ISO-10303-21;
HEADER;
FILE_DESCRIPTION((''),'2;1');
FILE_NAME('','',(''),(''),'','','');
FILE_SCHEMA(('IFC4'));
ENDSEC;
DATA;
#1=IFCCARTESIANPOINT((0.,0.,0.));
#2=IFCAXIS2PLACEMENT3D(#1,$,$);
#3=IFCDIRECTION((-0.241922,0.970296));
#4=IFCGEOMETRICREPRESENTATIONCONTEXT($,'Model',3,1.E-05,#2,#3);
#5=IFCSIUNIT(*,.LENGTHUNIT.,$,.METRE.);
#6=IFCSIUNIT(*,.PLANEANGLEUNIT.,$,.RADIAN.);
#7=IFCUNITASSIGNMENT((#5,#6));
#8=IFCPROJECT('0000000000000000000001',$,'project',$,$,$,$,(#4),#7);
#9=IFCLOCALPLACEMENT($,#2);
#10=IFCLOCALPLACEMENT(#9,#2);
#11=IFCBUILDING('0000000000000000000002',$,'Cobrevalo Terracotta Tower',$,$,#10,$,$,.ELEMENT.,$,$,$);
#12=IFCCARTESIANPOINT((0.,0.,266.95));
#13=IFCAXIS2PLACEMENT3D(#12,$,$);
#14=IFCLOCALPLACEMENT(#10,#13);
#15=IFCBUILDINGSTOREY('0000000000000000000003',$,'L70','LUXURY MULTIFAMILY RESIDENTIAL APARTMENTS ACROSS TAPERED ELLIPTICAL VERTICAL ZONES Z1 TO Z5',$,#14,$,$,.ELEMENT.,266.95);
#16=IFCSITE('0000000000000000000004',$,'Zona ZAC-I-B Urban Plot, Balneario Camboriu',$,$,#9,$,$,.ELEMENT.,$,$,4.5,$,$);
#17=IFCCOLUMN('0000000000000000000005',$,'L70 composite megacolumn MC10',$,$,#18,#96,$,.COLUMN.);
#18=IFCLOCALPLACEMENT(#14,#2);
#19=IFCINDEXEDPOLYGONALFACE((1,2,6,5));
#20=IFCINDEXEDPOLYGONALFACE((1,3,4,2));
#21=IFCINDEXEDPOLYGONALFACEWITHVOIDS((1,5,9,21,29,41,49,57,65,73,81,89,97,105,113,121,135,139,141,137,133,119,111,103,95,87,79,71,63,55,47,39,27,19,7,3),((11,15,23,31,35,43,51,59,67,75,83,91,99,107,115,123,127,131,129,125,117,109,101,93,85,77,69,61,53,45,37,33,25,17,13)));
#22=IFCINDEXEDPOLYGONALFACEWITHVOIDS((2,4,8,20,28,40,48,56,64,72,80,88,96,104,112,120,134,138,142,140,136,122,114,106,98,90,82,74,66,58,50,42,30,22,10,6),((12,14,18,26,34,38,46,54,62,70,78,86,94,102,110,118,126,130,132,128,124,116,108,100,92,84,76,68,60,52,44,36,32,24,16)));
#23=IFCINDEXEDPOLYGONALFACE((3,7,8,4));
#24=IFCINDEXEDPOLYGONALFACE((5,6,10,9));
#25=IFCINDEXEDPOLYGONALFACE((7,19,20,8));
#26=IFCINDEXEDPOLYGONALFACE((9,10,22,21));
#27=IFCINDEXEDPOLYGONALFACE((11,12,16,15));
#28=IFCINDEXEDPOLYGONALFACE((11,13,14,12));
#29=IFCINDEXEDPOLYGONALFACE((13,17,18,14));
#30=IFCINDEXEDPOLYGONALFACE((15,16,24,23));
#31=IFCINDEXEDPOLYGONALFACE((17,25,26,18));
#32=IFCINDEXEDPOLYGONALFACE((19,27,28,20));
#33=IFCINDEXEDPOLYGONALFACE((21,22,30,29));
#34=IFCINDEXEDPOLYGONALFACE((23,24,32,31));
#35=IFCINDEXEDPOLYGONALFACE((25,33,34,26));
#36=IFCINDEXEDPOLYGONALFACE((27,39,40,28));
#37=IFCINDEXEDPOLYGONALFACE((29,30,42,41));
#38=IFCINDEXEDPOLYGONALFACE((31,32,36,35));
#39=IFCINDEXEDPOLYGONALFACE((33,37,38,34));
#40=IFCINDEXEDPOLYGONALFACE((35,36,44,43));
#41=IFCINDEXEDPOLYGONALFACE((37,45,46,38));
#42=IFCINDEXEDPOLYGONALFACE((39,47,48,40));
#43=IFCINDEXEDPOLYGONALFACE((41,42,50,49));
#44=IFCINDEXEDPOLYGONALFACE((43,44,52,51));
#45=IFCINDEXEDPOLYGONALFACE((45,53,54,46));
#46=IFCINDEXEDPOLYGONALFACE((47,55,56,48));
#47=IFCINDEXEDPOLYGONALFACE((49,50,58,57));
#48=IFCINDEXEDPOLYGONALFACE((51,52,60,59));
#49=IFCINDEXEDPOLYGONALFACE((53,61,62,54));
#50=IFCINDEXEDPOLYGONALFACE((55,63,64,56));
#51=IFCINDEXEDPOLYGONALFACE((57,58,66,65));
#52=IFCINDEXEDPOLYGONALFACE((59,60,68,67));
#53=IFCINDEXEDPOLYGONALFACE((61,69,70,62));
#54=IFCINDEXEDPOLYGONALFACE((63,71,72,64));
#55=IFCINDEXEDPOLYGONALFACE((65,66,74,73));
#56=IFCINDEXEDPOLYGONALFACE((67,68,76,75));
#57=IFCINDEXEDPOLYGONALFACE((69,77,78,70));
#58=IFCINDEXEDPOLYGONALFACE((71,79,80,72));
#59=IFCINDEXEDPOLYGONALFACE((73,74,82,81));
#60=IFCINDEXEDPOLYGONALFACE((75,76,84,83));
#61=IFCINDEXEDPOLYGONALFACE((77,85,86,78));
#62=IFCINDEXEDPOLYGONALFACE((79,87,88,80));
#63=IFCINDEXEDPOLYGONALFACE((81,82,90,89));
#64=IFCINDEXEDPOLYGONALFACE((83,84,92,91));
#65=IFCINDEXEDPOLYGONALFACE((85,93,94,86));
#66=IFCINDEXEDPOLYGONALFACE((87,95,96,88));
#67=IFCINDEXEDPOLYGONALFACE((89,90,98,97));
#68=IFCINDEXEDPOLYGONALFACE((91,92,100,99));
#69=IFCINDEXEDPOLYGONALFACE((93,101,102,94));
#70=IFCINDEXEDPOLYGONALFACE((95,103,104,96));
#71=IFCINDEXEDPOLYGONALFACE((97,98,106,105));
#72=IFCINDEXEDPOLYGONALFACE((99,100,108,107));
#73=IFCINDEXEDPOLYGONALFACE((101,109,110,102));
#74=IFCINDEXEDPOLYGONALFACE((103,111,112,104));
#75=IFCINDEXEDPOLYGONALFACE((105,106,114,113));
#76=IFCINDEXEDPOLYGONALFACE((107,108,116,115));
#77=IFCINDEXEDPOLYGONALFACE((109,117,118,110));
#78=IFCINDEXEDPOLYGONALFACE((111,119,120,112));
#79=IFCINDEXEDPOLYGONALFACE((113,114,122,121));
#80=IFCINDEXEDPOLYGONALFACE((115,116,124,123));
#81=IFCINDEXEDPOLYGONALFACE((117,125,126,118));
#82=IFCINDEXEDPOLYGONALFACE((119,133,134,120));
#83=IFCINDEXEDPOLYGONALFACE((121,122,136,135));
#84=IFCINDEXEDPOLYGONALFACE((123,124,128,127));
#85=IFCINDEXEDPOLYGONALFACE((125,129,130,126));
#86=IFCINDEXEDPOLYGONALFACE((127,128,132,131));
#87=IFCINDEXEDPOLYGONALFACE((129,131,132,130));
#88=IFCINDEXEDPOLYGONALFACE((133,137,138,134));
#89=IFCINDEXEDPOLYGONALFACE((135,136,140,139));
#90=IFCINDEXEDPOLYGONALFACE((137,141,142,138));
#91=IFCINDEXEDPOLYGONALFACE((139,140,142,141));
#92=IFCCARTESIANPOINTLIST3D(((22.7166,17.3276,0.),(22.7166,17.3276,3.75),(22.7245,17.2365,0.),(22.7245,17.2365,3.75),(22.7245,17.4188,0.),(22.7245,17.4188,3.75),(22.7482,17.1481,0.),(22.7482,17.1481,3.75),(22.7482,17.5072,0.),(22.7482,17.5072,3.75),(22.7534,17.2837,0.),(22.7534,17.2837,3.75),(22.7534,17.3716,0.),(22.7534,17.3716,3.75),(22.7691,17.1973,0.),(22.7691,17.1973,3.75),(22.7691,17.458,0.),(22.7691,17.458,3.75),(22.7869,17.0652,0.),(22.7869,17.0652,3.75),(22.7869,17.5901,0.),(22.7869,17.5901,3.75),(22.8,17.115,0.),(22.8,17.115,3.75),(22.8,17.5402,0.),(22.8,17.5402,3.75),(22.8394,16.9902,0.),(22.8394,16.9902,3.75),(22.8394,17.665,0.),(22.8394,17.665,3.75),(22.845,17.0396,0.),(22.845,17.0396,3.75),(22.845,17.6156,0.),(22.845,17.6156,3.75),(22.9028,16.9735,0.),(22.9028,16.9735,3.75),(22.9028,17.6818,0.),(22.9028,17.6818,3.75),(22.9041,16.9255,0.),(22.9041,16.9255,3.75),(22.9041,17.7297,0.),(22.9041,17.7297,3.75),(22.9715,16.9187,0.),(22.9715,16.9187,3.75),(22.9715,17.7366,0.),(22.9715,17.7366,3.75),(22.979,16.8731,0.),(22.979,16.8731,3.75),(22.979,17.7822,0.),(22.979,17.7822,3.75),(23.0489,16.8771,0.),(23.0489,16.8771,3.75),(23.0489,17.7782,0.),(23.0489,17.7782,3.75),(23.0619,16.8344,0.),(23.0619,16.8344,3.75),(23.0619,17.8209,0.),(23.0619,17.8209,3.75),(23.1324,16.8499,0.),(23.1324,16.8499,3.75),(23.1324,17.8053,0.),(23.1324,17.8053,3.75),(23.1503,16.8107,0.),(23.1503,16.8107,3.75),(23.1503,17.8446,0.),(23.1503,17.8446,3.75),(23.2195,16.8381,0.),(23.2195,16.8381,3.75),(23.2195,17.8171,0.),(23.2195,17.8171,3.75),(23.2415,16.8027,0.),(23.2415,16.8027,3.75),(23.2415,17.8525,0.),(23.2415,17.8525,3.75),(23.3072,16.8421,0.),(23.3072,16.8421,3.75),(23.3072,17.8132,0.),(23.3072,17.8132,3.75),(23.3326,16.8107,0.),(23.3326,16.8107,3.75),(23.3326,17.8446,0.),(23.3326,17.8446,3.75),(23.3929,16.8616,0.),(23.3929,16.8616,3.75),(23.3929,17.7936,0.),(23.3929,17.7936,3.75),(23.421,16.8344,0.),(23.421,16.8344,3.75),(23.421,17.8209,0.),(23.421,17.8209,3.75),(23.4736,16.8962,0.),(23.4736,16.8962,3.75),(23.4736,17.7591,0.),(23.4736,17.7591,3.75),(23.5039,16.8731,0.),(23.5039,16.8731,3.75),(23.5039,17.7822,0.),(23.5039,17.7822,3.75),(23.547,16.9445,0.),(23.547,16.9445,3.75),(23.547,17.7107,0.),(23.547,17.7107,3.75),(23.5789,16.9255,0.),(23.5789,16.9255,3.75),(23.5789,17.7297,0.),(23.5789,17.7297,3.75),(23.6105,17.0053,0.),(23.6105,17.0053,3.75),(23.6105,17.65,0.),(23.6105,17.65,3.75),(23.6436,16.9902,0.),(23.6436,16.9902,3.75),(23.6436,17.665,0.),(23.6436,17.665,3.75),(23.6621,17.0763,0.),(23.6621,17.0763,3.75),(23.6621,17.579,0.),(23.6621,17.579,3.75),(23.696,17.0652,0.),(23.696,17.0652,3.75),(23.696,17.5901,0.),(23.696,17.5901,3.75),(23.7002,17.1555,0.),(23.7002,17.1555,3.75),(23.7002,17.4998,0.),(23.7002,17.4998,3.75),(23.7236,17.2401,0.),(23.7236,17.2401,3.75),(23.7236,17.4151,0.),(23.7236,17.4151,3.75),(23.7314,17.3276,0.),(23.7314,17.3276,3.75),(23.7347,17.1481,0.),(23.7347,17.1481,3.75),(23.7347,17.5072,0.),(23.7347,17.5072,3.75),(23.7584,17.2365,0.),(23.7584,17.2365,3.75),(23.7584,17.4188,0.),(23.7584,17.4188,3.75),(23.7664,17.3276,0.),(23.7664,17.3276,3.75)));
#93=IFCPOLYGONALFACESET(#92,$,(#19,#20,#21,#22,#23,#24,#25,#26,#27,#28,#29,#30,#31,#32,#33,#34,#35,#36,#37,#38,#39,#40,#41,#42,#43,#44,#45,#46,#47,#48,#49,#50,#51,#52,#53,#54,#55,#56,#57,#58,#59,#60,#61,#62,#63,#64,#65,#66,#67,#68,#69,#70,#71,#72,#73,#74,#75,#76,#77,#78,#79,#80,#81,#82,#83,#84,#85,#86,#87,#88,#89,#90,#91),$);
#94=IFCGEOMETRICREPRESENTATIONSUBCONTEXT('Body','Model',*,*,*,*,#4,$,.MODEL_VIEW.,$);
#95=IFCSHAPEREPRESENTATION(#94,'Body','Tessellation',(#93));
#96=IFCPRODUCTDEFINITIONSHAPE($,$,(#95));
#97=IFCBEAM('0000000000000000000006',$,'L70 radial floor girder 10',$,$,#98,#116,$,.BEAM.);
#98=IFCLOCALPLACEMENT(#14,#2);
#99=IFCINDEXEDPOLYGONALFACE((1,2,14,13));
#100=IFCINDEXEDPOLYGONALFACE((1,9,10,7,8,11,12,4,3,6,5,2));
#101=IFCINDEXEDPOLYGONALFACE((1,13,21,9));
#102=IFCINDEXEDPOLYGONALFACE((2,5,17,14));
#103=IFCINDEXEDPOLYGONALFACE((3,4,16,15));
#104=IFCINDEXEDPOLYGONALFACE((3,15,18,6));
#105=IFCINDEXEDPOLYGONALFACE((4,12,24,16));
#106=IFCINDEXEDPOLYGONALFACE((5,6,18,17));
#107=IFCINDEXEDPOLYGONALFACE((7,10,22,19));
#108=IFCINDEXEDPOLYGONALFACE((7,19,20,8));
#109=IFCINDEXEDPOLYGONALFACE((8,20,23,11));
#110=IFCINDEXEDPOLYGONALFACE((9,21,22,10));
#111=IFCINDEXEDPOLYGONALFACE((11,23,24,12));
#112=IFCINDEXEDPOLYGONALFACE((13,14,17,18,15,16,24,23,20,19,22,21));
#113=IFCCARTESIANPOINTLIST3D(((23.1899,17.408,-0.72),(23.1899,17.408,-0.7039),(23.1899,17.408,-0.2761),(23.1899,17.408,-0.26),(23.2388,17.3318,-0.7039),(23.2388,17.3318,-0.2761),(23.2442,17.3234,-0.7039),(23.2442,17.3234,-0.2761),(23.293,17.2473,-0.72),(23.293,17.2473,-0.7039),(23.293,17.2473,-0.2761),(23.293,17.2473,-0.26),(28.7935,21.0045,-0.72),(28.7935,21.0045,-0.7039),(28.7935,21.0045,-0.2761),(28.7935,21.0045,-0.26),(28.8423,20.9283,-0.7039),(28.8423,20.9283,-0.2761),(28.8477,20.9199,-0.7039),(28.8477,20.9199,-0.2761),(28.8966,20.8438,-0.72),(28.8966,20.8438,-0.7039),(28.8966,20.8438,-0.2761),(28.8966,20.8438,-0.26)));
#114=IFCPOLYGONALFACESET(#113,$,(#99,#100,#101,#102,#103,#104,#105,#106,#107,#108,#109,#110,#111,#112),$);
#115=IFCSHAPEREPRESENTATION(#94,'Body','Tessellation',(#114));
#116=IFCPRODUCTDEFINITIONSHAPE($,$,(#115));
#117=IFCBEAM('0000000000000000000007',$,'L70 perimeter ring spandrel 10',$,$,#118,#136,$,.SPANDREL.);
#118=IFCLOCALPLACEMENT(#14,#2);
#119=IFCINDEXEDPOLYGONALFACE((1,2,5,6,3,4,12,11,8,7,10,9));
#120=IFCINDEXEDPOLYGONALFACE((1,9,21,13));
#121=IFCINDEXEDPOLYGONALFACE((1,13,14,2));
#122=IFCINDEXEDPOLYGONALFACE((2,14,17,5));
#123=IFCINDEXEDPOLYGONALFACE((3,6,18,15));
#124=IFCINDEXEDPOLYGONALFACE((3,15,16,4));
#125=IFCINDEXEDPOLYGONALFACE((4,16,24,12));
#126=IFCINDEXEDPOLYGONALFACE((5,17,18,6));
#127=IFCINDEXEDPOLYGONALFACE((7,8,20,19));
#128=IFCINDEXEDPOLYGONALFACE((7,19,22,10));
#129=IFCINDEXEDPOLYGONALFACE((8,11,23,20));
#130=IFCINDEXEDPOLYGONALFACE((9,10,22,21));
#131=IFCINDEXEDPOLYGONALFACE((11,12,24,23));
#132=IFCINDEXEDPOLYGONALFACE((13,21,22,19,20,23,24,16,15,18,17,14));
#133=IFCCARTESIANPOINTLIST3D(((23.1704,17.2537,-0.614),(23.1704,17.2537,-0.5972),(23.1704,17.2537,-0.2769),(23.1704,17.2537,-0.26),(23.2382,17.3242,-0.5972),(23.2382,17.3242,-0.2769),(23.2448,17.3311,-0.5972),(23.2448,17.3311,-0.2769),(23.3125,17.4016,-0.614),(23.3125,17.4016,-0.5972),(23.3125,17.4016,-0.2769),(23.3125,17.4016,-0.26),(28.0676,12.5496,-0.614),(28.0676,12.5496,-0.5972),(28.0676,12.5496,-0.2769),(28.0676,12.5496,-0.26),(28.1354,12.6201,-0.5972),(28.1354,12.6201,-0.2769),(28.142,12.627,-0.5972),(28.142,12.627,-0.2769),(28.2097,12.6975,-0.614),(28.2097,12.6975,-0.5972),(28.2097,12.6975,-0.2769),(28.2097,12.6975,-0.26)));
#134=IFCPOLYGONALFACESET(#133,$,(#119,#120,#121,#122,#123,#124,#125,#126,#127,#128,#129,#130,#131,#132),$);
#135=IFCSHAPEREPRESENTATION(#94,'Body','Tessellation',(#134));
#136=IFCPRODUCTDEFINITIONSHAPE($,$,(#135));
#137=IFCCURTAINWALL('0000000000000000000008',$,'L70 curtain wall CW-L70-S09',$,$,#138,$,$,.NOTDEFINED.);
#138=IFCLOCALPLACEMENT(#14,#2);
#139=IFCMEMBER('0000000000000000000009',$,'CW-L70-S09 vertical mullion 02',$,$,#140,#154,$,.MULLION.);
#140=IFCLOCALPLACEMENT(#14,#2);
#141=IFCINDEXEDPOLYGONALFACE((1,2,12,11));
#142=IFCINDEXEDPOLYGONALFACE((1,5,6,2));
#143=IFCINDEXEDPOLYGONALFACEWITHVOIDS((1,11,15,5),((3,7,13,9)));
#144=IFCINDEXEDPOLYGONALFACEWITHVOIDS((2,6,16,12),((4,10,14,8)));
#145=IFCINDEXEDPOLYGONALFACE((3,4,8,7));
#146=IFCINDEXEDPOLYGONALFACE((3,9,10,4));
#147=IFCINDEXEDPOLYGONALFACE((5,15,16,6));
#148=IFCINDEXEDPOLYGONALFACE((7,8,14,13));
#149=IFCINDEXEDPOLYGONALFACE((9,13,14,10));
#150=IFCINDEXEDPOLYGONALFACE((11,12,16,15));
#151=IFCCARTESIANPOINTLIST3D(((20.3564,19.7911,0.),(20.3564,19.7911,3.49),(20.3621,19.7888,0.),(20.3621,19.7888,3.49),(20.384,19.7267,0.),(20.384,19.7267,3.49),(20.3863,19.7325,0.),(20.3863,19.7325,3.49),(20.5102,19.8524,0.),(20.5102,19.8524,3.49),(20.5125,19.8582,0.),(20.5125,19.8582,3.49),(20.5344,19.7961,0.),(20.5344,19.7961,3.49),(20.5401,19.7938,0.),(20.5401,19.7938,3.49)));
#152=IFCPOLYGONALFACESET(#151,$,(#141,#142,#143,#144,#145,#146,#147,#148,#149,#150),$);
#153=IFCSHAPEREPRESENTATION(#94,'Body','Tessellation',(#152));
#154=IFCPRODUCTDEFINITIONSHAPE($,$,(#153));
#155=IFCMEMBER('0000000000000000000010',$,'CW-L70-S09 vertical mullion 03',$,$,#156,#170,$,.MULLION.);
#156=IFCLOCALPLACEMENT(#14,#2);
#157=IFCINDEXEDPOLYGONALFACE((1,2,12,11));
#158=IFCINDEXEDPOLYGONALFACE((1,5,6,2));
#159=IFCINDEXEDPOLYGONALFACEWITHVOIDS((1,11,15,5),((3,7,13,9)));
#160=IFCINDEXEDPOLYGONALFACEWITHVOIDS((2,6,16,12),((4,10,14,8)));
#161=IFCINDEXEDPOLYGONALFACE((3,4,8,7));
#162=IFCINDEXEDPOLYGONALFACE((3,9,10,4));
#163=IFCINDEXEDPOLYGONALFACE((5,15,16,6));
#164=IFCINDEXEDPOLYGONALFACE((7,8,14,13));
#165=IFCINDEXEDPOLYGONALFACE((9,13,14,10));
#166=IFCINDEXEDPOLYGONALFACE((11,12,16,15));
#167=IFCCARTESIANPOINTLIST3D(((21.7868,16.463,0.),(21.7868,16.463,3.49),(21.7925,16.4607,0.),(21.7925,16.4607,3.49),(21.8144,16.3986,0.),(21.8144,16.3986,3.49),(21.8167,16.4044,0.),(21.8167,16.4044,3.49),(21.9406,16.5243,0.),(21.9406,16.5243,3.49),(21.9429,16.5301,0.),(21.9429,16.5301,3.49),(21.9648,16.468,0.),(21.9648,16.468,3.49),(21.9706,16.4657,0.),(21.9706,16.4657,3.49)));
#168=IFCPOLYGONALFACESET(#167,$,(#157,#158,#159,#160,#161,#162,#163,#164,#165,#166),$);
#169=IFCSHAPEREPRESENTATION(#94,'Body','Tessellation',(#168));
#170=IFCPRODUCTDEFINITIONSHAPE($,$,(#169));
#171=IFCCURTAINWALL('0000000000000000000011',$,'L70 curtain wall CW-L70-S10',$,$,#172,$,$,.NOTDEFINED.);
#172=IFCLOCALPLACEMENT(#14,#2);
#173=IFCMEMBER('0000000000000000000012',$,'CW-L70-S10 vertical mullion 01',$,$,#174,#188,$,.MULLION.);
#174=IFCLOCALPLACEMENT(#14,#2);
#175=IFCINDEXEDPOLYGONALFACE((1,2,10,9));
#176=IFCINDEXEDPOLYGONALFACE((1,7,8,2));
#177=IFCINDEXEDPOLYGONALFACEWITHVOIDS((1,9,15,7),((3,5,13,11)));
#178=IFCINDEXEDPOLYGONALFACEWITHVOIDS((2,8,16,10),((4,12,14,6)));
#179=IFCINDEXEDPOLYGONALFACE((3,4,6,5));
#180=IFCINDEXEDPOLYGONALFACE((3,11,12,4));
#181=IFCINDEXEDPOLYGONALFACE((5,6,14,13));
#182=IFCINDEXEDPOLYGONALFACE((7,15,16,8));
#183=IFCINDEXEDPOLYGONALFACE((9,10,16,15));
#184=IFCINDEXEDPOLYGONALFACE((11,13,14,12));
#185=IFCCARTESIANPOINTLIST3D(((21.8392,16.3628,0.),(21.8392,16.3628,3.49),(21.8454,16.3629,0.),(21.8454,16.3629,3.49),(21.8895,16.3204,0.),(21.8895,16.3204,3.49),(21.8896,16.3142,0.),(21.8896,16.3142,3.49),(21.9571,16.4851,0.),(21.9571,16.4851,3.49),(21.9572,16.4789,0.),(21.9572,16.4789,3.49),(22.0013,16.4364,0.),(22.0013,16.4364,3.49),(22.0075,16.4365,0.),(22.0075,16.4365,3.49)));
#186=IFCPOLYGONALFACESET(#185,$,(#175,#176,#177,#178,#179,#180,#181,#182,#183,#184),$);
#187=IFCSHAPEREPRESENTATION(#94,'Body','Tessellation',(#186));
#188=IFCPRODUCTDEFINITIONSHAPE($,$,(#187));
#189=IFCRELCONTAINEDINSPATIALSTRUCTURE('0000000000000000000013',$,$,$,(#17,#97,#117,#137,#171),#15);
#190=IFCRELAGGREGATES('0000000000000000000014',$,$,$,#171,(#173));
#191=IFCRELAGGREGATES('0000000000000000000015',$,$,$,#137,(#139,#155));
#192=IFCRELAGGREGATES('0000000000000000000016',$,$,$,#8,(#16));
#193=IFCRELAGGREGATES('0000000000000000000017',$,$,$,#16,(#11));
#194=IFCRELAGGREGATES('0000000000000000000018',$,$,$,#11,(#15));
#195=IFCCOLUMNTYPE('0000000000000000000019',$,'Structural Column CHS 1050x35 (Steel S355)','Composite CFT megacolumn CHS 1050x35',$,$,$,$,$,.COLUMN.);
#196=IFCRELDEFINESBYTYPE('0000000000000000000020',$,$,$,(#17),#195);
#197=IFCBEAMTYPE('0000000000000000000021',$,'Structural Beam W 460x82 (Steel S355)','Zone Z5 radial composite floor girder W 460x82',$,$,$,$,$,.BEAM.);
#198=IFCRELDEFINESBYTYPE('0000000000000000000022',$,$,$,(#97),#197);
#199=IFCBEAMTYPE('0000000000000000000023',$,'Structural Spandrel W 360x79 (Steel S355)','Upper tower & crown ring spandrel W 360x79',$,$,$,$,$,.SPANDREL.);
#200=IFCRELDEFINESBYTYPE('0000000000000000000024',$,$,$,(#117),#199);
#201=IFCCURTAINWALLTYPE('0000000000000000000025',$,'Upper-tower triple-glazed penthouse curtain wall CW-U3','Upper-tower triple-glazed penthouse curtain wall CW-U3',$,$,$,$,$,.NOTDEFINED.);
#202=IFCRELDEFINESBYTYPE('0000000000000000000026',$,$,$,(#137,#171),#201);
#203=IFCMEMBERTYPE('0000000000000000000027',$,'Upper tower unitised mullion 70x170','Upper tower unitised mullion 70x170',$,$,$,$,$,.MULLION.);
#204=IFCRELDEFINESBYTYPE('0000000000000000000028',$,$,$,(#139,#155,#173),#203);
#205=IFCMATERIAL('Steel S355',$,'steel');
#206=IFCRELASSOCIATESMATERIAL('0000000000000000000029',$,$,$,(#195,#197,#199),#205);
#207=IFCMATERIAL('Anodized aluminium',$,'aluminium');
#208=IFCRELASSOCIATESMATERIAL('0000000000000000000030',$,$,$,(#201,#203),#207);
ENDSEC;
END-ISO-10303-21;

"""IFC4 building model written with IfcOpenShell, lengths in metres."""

from ifc_helpers import new_model, si_unit, direction, frame, origin, origin_2d, place, context, subcontext, project, spatial, hollow_rectangle, hollow_circle, i_section, extrude, source, transform, mapped, material, material_profile, profile_set, type_object, element, aggregate, save


model = new_model("IFC4")

# Units and contexts
model_context = context("Model", 3, precision=1e-05, world=origin(), true_north=direction((-0.241922, 0.970296)))
body_context = subcontext(model_context, "Body", "Model", "MODEL_VIEW")
ifc_project = project(units=[si_unit("LENGTHUNIT", "METRE"), si_unit("PLANEANGLEUNIT", "RADIAN")], contexts=[model_context])

# Site, building, storey
site_placement = place(None, origin())
site = spatial("IfcSite", under=ifc_project, at=site_placement, Name="Zona ZAC-I-B Urban Plot, Balneario Camboriu", CompositionType="ELEMENT", RefElevation=4.5)
building_placement = place(site_placement, origin())
building = spatial("IfcBuilding", under=site, at=building_placement, Name="Cobrevalo Terracotta Tower", CompositionType="ELEMENT")
storey_placement = place(building_placement, frame((0.0, 0.0, 266.95)))
storey = spatial("IfcBuildingStorey", under=building, at=storey_placement, Name="L70", Description="LUXURY MULTIFAMILY RESIDENTIAL APARTMENTS ACROSS TAPERED ELLIPTICAL VERTICAL ZONES Z1 TO Z5", CompositionType="ELEMENT", Elevation=266.95)

# Column
ifc_material_1 = material(Name="Steel S355", Category="steel")
ifc_material_profile_1 = material_profile(ifc_material_1, hollow_circle(Radius=0.5249, WallThickness=0.0349, at=origin_2d()), Name="CHS 1050x35")
ifc_profile_set_1 = profile_set([ifc_material_profile_1], Name="Steel S355")
column_type = type_object("IfcColumnType", Name="Structural Column CHS 1050x35 (Steel S355)", Description="Composite CFT megacolumn CHS 1050x35", PredefinedType="COLUMN", material=ifc_profile_set_1)
column_placement = place(storey_placement, frame((23.2415, 17.3276, 0.0), z_axis=(0.0, 0.0, 1.0), x_axis=(1.0, 0.0, 0.0)))
element("IfcColumn", 1, at=column_placement, inside=storey, type_object=column_type, Name="L70 composite megacolumn MC10", PredefinedType="COLUMN", context=body_context, shape_type="SweptSolid", body=[
    extrude(hollow_circle(Radius=0.5249, WallThickness=0.0349, at=origin_2d()), origin(), (0.0, 0.0, 1.0), 3.75),
])

# Beams
ifc_material_profile_2 = material_profile(ifc_material_1, i_section(OverallWidth=0.1909, OverallDepth=0.46, WebThickness=0.01, FlangeThickness=0.0161, at=origin_2d()), Name="W 460x82")
ifc_profile_set_2 = profile_set([ifc_material_profile_2], Name="Steel S355")
beam_type_1 = type_object("IfcBeamType", Name="Structural Beam W 460x82 (Steel S355)", Description="Zone Z5 radial composite floor girder W 460x82", PredefinedType="BEAM", material=ifc_profile_set_2)
beam_1_placement = place(storey_placement, frame((23.2415, 17.3276, -0.49), z_axis=(0.841576, 0.540138, 0.0), x_axis=(-0.540138, 0.841576, 0.0)))
element("IfcBeam", 2, at=beam_1_placement, inside=storey, type_object=beam_type_1, Name="L70 radial floor girder 10", PredefinedType="BEAM", context=body_context, shape_type="SweptSolid", body=[
    extrude(i_section(OverallWidth=0.1909, OverallDepth=0.46, WebThickness=0.01, FlangeThickness=0.0161, at=origin_2d()), origin(), (0.0, 0.0, 1.0), 6.6584),
])
ifc_material_profile_3 = material_profile(ifc_material_1, i_section(OverallWidth=0.2051, OverallDepth=0.354, WebThickness=0.0095, FlangeThickness=0.0168, at=origin_2d()), Name="W 360x79")
ifc_profile_set_3 = profile_set([ifc_material_profile_3], Name="Steel S355")
beam_type_2 = type_object("IfcBeamType", Name="Structural Spandrel W 360x79 (Steel S355)", Description="Upper tower & crown ring spandrel W 360x79", PredefinedType="SPANDREL", material=ifc_profile_set_3)
beam_2_placement = place(storey_placement, frame((23.2415, 17.3276, -0.437), z_axis=(0.721183, -0.692744, 0.0), x_axis=(0.692744, 0.721183, 0.0)))
element("IfcBeam", 3, at=beam_2_placement, inside=storey, type_object=beam_type_2, Name="L70 perimeter ring spandrel 10", PredefinedType="SPANDREL", context=body_context, shape_type="SweptSolid", body=[
    extrude(i_section(OverallWidth=0.2051, OverallDepth=0.354, WebThickness=0.0095, FlangeThickness=0.0168, at=origin_2d()), origin(), (0.0, 0.0, 1.0), 6.7905),
])

# Curtain walls, members
ifc_material_2 = material(Name="Anodized aluminium", Category="aluminium")
curtain_wall_type = type_object("IfcCurtainWallType", Name="Upper-tower triple-glazed penthouse curtain wall CW-U3", Description="Upper-tower triple-glazed penthouse curtain wall CW-U3", PredefinedType="NOTDEFINED", material=ifc_material_2)
curtain_wall_1_placement = place(storey_placement, origin())
curtain_wall_1 = element("IfcCurtainWall", 4, at=curtain_wall_1_placement, inside=storey, type_object=curtain_wall_type, Name="L70 curtain wall CW-L70-S09", PredefinedType="NOTDEFINED")
ifc_material_profile_4 = material_profile(ifc_material_2, hollow_rectangle(XDim=0.0701, YDim=0.1699, WallThickness=0.0044, at=origin_2d()), Name="CWM 70x170")
ifc_profile_set_4 = profile_set([ifc_material_profile_4], Name="Anodized aluminium")
member_type_1 = type_object("IfcMemberType", Name="Upper tower unitised mullion 70x170", Description="Upper tower unitised mullion 70x170", PredefinedType="MULLION", material=ifc_profile_set_4)
shared_shape_1 = source(origin(), body_context, "Body", "SweptSolid", [
    extrude(hollow_rectangle(XDim=0.0701, YDim=0.1699, WallThickness=0.0044, at=origin_2d()), origin(), (0.0, 0.0, 1.0), 3.49),
])
member_1_placement = place(storey_placement, frame((20.4482, 19.7925, 0.0), z_axis=(0.0, 0.0, 1.0), x_axis=(0.394824, -0.918757, 0.0)))
member_1 = element("IfcMember", 5, at=member_1_placement, type_object=member_type_1, Name="CW-L70-S09 vertical mullion 02", PredefinedType="MULLION", context=body_context, shape_type="MappedRepresentation", body=[
    mapped(shared_shape_1, transform((0.0, 0.0, 0.0), scale=1.0)),
])
member_2_placement = place(storey_placement, frame((21.8787, 16.4644, 0.0), z_axis=(0.0, 0.0, 1.0), x_axis=(0.394824, -0.918757, 0.0)))
member_2 = element("IfcMember", 6, at=member_2_placement, type_object=member_type_1, Name="CW-L70-S09 vertical mullion 03", PredefinedType="MULLION", context=body_context, shape_type="MappedRepresentation", body=[
    mapped(shared_shape_1, transform((0.0, 0.0, 0.0), scale=1.0)),
])
curtain_wall_2_placement = place(storey_placement, origin())
curtain_wall_2 = element("IfcCurtainWall", 7, at=curtain_wall_2_placement, inside=storey, type_object=curtain_wall_type, Name="L70 curtain wall CW-L70-S10", PredefinedType="NOTDEFINED")
member_3_placement = place(storey_placement, frame((21.9233, 16.3997, 0.0), z_axis=(0.0, 0.0, 1.0), x_axis=(0.719994, -0.69398, 0.0)))
member_3 = element("IfcMember", 8, at=member_3_placement, type_object=member_type_1, Name="CW-L70-S10 vertical mullion 01", PredefinedType="MULLION", context=body_context, shape_type="MappedRepresentation", body=[
    mapped(shared_shape_1, transform((0.0, 0.0, 0.0), scale=1.0)),
])

aggregate(curtain_wall_2, [member_3])
aggregate(curtain_wall_1, [member_1, member_2])

save(model, "model.ifc")
